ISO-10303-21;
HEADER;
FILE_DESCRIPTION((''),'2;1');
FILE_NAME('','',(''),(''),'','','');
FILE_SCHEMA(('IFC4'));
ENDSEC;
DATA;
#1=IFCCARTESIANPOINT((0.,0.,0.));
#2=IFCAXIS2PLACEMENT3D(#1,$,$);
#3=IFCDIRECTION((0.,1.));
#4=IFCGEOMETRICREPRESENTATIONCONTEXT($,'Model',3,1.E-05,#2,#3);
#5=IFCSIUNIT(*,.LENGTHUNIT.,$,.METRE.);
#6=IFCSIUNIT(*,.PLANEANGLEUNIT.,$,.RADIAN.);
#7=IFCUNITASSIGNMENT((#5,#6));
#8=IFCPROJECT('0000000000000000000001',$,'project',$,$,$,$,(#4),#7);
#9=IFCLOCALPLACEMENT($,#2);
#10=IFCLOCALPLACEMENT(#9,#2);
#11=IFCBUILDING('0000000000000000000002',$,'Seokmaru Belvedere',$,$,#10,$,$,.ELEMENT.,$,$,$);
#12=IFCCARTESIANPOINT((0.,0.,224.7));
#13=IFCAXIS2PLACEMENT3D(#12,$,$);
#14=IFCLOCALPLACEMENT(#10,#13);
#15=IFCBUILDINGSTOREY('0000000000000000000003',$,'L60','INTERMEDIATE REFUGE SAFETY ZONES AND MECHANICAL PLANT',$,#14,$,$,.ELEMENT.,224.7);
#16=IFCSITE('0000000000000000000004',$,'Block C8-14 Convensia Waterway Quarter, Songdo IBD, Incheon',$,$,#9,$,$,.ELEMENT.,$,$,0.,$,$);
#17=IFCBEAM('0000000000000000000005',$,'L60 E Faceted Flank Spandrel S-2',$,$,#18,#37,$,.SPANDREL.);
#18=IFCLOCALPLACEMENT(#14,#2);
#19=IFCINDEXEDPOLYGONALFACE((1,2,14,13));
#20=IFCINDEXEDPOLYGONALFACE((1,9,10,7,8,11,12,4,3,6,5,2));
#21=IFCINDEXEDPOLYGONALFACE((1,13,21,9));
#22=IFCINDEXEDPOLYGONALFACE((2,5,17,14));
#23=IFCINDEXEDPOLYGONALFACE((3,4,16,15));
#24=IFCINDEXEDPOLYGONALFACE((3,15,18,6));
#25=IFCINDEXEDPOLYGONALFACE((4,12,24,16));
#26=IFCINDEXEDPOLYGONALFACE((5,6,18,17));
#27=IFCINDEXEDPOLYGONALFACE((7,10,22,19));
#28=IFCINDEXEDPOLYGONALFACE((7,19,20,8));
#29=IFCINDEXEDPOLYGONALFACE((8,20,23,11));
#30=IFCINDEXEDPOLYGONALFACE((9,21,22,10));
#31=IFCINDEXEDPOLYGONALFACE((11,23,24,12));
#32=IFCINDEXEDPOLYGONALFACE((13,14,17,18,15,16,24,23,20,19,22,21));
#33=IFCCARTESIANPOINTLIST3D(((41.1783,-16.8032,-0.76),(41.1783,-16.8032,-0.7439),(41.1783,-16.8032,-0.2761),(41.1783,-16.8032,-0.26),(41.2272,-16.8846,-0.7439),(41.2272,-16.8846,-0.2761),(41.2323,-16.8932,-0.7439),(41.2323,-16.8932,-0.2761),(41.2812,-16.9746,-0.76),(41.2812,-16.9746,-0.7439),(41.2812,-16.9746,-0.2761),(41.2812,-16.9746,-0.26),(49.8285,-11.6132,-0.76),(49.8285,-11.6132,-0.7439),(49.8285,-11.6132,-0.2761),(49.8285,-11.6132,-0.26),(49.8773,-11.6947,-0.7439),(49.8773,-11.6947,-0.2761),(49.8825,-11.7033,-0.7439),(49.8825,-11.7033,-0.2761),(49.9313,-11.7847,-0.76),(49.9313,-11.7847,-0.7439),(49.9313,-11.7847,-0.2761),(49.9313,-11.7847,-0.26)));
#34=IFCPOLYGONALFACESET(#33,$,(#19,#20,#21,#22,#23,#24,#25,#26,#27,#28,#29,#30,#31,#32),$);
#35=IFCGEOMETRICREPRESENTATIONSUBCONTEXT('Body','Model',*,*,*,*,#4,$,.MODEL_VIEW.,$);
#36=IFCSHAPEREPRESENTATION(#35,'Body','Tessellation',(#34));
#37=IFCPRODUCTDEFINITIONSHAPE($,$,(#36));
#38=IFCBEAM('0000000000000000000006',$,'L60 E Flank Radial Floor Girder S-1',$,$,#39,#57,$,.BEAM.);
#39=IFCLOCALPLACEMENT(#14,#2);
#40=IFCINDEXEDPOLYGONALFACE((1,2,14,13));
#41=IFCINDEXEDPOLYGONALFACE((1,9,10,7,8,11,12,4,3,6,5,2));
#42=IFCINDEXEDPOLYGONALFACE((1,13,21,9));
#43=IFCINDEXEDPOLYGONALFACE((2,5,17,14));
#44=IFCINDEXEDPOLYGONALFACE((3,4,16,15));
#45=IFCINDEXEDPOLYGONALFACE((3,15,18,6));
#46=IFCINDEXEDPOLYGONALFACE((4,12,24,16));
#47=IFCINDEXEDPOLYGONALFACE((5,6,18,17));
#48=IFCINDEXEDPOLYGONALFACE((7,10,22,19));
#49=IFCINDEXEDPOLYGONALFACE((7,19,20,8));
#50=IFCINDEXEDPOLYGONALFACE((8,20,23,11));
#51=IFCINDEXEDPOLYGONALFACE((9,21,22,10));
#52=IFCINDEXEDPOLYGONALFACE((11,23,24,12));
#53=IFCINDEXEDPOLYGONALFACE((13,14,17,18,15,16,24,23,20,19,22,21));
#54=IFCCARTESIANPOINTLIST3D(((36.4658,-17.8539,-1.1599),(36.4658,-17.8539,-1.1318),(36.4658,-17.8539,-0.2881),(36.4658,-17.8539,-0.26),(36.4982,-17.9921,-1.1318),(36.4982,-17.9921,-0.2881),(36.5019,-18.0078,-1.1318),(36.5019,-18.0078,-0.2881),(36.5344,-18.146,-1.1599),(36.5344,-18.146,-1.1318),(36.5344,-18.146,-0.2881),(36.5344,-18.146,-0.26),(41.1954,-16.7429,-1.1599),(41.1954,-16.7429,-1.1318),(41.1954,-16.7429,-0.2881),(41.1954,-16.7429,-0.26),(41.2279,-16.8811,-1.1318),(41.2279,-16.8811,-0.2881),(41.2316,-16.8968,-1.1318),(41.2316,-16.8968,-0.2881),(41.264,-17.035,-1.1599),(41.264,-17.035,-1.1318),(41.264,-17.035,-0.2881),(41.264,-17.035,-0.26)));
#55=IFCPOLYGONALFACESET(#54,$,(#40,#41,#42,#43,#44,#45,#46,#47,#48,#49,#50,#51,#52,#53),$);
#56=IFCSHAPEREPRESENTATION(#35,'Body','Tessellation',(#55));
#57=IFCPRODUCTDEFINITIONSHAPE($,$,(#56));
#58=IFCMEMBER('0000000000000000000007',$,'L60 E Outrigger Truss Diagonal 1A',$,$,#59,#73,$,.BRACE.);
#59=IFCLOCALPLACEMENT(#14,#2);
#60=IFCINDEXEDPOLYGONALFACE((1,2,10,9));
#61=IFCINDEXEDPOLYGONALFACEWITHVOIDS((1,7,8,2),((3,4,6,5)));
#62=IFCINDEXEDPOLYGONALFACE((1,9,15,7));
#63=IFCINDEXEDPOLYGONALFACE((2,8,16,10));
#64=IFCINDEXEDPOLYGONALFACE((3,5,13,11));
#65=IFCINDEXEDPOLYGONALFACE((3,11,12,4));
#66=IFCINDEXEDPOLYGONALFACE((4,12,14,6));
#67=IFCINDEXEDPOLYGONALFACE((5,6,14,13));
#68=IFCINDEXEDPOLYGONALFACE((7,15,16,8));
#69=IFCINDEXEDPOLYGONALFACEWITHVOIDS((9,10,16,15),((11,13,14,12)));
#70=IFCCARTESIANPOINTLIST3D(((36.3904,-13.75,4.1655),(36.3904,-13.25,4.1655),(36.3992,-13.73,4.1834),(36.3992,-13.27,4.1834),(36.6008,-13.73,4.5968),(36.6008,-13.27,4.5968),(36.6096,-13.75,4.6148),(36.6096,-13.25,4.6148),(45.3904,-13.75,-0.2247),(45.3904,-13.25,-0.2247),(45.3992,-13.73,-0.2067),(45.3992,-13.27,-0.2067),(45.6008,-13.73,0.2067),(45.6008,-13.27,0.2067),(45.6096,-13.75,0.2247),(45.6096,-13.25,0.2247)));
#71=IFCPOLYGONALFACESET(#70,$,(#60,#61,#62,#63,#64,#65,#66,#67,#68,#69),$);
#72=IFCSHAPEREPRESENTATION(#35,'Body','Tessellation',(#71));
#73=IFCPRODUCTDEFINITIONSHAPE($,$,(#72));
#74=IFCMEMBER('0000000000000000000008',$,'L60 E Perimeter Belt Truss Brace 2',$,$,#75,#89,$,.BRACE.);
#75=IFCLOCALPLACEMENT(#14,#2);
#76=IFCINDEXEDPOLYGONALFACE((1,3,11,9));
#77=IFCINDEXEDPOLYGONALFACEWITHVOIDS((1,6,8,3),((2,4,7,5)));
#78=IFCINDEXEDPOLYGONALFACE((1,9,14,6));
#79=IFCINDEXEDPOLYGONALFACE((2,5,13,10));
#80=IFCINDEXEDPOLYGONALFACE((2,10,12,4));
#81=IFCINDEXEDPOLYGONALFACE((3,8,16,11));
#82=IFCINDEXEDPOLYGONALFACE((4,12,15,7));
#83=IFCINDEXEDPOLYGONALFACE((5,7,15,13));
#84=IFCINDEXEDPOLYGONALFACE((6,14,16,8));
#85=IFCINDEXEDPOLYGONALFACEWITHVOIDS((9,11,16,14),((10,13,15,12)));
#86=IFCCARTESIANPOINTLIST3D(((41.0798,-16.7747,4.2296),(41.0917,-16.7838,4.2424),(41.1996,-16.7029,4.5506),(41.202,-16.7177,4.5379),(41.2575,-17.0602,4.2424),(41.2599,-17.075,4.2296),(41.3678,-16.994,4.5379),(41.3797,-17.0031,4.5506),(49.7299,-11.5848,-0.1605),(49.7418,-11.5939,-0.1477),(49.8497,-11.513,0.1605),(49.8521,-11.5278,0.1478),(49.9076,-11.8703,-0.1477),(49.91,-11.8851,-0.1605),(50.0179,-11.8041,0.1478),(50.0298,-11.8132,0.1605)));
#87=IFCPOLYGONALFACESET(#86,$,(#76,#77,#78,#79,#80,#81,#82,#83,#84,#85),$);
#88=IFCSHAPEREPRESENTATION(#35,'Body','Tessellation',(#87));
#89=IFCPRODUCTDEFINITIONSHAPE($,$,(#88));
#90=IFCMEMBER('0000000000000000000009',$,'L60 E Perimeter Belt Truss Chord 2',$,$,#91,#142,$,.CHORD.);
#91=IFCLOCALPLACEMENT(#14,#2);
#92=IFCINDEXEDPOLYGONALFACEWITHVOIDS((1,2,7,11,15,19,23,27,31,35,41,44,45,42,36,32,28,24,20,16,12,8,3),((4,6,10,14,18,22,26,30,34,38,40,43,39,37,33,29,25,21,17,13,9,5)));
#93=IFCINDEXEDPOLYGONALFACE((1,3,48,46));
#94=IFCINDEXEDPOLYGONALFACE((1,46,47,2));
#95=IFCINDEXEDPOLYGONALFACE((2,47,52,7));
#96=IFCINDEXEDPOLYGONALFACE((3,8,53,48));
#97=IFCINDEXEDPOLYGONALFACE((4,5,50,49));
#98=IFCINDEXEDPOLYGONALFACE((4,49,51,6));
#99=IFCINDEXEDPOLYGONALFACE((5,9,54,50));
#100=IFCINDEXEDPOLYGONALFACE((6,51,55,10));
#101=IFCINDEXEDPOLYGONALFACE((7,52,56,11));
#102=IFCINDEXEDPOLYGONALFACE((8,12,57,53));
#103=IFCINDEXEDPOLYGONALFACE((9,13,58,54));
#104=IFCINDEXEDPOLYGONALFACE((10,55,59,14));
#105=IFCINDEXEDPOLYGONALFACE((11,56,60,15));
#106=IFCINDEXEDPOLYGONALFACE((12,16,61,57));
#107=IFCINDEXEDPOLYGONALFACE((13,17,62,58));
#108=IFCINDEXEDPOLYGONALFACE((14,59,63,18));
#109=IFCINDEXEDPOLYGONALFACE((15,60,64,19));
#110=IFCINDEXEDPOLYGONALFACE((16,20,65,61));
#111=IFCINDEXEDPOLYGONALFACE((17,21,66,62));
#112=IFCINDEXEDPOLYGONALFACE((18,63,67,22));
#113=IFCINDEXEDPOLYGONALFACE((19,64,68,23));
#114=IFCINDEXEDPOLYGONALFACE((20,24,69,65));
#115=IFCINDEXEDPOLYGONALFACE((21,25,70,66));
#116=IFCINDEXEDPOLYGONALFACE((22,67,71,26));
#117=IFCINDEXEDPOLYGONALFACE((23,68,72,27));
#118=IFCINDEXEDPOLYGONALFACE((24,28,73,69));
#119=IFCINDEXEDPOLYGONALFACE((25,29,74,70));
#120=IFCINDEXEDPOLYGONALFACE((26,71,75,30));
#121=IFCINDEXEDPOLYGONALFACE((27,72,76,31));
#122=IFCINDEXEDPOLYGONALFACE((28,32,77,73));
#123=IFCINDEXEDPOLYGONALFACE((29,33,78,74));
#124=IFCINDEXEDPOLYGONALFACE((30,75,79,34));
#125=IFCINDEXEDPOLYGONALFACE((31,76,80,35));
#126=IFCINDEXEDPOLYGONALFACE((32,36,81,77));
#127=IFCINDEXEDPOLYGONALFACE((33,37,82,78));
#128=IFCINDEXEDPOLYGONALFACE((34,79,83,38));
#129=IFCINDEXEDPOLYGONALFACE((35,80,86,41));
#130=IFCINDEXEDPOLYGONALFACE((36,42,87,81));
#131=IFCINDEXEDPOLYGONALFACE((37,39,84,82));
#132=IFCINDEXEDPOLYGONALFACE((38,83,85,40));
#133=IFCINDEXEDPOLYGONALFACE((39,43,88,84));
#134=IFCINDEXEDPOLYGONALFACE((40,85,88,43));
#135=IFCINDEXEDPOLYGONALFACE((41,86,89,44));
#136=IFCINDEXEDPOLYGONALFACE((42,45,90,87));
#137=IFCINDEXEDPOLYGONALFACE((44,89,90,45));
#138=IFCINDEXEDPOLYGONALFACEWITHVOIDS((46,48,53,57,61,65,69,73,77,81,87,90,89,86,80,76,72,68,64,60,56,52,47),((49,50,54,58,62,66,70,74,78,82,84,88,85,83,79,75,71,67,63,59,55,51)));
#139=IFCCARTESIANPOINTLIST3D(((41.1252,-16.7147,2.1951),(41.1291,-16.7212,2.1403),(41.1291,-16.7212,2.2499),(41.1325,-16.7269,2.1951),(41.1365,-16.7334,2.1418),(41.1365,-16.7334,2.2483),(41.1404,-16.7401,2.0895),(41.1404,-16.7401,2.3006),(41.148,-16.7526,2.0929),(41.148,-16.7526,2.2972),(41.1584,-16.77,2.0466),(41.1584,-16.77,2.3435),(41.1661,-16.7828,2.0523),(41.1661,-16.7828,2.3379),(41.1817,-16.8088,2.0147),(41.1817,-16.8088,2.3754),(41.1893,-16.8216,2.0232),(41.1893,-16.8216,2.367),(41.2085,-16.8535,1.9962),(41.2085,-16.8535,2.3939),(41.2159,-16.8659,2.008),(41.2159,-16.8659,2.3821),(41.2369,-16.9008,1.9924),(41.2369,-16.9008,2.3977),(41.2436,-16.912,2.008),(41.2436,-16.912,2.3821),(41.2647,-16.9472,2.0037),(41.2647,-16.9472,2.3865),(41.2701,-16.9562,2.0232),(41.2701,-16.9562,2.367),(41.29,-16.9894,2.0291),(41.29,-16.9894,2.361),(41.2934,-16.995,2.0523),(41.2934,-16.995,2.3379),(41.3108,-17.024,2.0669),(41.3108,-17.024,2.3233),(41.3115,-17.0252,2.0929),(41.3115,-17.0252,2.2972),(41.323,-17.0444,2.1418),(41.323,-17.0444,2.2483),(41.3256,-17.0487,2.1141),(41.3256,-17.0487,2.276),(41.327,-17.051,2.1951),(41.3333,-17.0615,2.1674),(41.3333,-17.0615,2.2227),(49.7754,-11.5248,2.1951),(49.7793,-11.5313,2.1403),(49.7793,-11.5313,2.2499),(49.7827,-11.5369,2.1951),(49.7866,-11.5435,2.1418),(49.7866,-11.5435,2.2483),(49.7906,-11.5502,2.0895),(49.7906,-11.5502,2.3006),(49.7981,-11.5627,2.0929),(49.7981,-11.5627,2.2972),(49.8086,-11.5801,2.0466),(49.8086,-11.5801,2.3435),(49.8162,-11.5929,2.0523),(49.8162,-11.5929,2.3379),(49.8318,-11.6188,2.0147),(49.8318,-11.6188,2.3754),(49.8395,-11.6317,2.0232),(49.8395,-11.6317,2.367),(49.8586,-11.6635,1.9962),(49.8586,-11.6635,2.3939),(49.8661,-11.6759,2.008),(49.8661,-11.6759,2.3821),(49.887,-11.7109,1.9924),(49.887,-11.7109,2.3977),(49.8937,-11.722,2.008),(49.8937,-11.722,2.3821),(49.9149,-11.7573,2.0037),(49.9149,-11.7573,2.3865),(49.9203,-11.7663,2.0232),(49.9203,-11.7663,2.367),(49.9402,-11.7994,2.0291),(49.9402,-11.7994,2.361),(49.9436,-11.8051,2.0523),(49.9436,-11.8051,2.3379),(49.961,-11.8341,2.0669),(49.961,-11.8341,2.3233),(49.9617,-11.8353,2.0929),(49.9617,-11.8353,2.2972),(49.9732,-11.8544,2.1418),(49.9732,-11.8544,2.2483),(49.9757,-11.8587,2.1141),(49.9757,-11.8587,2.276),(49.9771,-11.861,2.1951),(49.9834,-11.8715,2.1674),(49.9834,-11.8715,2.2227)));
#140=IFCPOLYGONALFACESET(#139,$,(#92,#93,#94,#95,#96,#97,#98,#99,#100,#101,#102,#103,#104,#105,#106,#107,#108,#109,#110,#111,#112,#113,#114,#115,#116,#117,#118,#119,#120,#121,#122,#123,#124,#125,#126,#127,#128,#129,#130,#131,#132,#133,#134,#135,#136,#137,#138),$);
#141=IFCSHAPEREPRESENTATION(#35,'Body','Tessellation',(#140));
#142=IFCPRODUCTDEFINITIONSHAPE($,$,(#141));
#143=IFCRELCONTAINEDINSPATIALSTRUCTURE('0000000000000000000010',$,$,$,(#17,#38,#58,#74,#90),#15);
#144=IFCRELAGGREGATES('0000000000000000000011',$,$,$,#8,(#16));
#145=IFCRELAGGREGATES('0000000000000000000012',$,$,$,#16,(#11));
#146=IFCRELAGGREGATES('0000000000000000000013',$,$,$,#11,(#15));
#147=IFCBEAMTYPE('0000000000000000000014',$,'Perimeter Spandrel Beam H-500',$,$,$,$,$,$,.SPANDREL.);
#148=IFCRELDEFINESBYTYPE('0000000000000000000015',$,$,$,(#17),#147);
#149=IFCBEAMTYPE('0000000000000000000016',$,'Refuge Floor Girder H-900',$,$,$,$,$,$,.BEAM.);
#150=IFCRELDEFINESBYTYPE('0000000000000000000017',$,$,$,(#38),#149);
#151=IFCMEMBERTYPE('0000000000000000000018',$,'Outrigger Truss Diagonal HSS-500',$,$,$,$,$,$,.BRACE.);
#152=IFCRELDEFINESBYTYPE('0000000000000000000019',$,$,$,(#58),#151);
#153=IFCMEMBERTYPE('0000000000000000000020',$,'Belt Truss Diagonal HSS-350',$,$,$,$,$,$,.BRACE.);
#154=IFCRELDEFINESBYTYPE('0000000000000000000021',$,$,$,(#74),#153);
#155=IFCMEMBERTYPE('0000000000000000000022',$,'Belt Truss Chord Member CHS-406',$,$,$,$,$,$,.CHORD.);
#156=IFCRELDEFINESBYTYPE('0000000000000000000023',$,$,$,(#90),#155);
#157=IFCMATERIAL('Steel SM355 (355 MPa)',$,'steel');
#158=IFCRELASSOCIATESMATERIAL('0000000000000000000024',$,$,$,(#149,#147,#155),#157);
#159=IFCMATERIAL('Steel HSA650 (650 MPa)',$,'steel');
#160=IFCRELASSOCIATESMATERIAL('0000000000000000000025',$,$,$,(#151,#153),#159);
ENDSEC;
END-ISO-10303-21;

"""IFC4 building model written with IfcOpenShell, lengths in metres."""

from ifc_helpers import new_model, si_unit, direction, frame, origin, origin_2d, place, context, subcontext, project, spatial, hollow_rectangle, hollow_circle, i_section, extrude, source, transform, mapped, material, material_profile, profile_set, type_object, type_shapes, element, save


model = new_model("IFC4")

# Units and contexts
model_context = context("Model", 3, precision=1e-05, world=origin(), true_north=direction((0.0, 1.0)))
body_context = subcontext(model_context, "Body", "Model", "MODEL_VIEW")
ifc_project = project(units=[si_unit("LENGTHUNIT", "METRE"), si_unit("PLANEANGLEUNIT", "RADIAN")], contexts=[model_context])

# Site, building, storey
site_placement = place(None, origin())
site = spatial("IfcSite", under=ifc_project, at=site_placement, Name="Block C8-14 Convensia Waterway Quarter, Songdo IBD, Incheon", CompositionType="ELEMENT", RefElevation=0.0)
building_placement = place(site_placement, origin())
building = spatial("IfcBuilding", under=site, at=building_placement, Name="Seokmaru Belvedere", CompositionType="ELEMENT")
storey_placement = place(building_placement, frame((0.0, 0.0, 224.7)))
storey = spatial("IfcBuildingStorey", under=building, at=storey_placement, Name="L60", Description="INTERMEDIATE REFUGE SAFETY ZONES AND MECHANICAL PLANT", CompositionType="ELEMENT", Elevation=224.7)

# Shared definitions
ifc_material_1 = material(Name="Steel SM355 (355 MPa)", Category="steel")

# Beams
ifc_material_profile_1 = material_profile(ifc_material_1, i_section(OverallWidth=0.3, OverallDepth=0.8999, WebThickness=0.0161, FlangeThickness=0.0281, at=origin_2d()), Name="H-900x300x16x28")
ifc_profile_set_1 = profile_set([ifc_material_profile_1], Name="Steel SM355 (355 MPa)")
beam_type_1 = type_object("IfcBeamType", Name="Refuge Floor Girder H-900", PredefinedType="BEAM", material=ifc_profile_set_1)
ifc_material_profile_2 = material_profile(ifc_material_1, i_section(OverallWidth=0.2, OverallDepth=0.5, WebThickness=0.01, FlangeThickness=0.0161, at=origin_2d()), Name="H-500x200x10x16")
ifc_profile_set_2 = profile_set([ifc_material_profile_2], Name="Steel SM355 (355 MPa)")
beam_type_2 = type_object("IfcBeamType", Name="Perimeter Spandrel Beam H-500", PredefinedType="SPANDREL", material=ifc_profile_set_2)
shared_shape_1 = source(origin(), body_context, "Body", "SweptSolid", [
    extrude(i_section(OverallWidth=0.2, OverallDepth=0.5, WebThickness=0.01, FlangeThickness=0.0161, at=origin_2d()), origin(), (0.0, 0.0, 1.0), 10.0876),
])
type_shapes(beam_type_2, [shared_shape_1])
beam_1_placement = place(storey_placement, frame((41.2297, -16.8889, -0.51), z_axis=(0.857499, 0.514485, 0.0), x_axis=(-0.514485, 0.857499, 0.0)))
element("IfcBeam", 1, at=beam_1_placement, inside=storey, type_object=beam_type_2, Name="L60 E Faceted Flank Spandrel S-2", PredefinedType="SPANDREL", context=body_context, shape_type="MappedRepresentation", body=[
    mapped(shared_shape_1, transform((0.0, 0.0, 0.0), scale=1.0)),
])
shared_shape_2 = source(origin(), body_context, "Body", "SweptSolid", [
    extrude(i_section(OverallWidth=0.3, OverallDepth=0.8999, WebThickness=0.0161, FlangeThickness=0.0281, at=origin_2d()), origin(), (0.0, 0.0, 1.0), 4.8584),
])
beam_2_placement = place(storey_placement, frame((41.2297, -16.8889, -0.71), z_axis=(-0.973499, -0.228689, 0.0), x_axis=(0.228689, -0.973499, 0.0)))
element("IfcBeam", 2, at=beam_2_placement, inside=storey, type_object=beam_type_1, Name="L60 E Flank Radial Floor Girder S-1", PredefinedType="BEAM", context=body_context, shape_type="MappedRepresentation", body=[
    mapped(shared_shape_2, transform((0.0, 0.0, 0.0), scale=1.0)),
])

# Members
ifc_material_2 = material(Name="Steel HSA650 (650 MPa)", Category="steel")
ifc_material_profile_3 = material_profile(ifc_material_2, hollow_rectangle(XDim=0.5, YDim=0.5, WallThickness=0.02, at=origin_2d()), Name="HSS-500x500x20")
ifc_profile_set_3 = profile_set([ifc_material_profile_3], Name="Steel HSA650 (650 MPa)")
member_type_1 = type_object("IfcMemberType", Name="Outrigger Truss Diagonal HSS-500", PredefinedType="BRACE", material=ifc_profile_set_3)
shared_shape_3 = source(origin(), body_context, "Body", "SweptSolid", [
    extrude(hollow_rectangle(XDim=0.5, YDim=0.5, WallThickness=0.02, at=origin_2d()), origin(), (0.0, 0.0, 1.0), 10.0137),
])
type_shapes(member_type_1, [shared_shape_3])
member_1_placement = place(storey_placement, frame((45.5, -13.5, 0.0), z_axis=(-0.898773, 0.0, 0.438415), x_axis=(0.0, -1.0, 0.0)))
element("IfcMember", 3, at=member_1_placement, inside=storey, type_object=member_type_1, Name="L60 E Outrigger Truss Diagonal 1A", PredefinedType="BRACE", context=body_context, shape_type="MappedRepresentation", body=[
    mapped(shared_shape_3, transform((0.0, 0.0, 0.0), scale=1.0)),
])
ifc_material_profile_4 = material_profile(ifc_material_2, hollow_rectangle(XDim=0.3501, YDim=0.3501, WallThickness=0.0139, at=origin_2d()), Name="HSS-350x350x14")
ifc_profile_set_4 = profile_set([ifc_material_profile_4], Name="Steel HSA650 (650 MPa)")
member_type_2 = type_object("IfcMemberType", Name="Belt Truss Diagonal HSS-350", PredefinedType="BRACE", material=ifc_profile_set_4)
shared_shape_4 = source(origin(), body_context, "Body", "SweptSolid", [
    extrude(hollow_rectangle(XDim=0.3501, YDim=0.3501, WallThickness=0.0139, at=origin_2d()), origin(), (0.0, 0.0, 1.0), 11.0015),
])
type_shapes(member_type_2, [shared_shape_4])
member_2_placement = place(storey_placement, frame((41.2297, -16.8889, 4.3901), z_axis=(0.786267, 0.471747, -0.399048), x_axis=(-0.514485, 0.857499, 0.0)))
element("IfcMember", 4, at=member_2_placement, inside=storey, type_object=member_type_2, Name="L60 E Perimeter Belt Truss Brace 2", PredefinedType="BRACE", context=body_context, shape_type="MappedRepresentation", body=[
    mapped(shared_shape_4, transform((0.0, 0.0, 0.0), scale=1.0)),
])
ifc_material_profile_5 = material_profile(ifc_material_1, hollow_circle(Radius=0.2031, WallThickness=0.0142, at=origin_2d()), Name="CHS-406.4x14.2")
ifc_profile_set_5 = profile_set([ifc_material_profile_5], Name="Steel SM355 (355 MPa)")
member_type_3 = type_object("IfcMemberType", Name="Belt Truss Chord Member CHS-406", PredefinedType="CHORD", material=ifc_profile_set_5)
shared_shape_5 = source(origin(), body_context, "Body", "SweptSolid", [
    extrude(hollow_circle(Radius=0.2031, WallThickness=0.0142, at=origin_2d()), origin(), (0.0, 0.0, 1.0), 10.0876),
])
type_shapes(member_type_3, [shared_shape_5])
member_3_placement = place(storey_placement, frame((41.2297, -16.8889, 2.1951), z_axis=(0.857499, 0.514485, 0.0), x_axis=(-0.514485, 0.857499, 0.0)))
element("IfcMember", 5, at=member_3_placement, inside=storey, type_object=member_type_3, Name="L60 E Perimeter Belt Truss Chord 2", PredefinedType="CHORD", context=body_context, shape_type="MappedRepresentation", body=[
    mapped(shared_shape_5, transform((0.0, 0.0, 0.0), scale=1.0)),
])

save(model, "model.ifc")
